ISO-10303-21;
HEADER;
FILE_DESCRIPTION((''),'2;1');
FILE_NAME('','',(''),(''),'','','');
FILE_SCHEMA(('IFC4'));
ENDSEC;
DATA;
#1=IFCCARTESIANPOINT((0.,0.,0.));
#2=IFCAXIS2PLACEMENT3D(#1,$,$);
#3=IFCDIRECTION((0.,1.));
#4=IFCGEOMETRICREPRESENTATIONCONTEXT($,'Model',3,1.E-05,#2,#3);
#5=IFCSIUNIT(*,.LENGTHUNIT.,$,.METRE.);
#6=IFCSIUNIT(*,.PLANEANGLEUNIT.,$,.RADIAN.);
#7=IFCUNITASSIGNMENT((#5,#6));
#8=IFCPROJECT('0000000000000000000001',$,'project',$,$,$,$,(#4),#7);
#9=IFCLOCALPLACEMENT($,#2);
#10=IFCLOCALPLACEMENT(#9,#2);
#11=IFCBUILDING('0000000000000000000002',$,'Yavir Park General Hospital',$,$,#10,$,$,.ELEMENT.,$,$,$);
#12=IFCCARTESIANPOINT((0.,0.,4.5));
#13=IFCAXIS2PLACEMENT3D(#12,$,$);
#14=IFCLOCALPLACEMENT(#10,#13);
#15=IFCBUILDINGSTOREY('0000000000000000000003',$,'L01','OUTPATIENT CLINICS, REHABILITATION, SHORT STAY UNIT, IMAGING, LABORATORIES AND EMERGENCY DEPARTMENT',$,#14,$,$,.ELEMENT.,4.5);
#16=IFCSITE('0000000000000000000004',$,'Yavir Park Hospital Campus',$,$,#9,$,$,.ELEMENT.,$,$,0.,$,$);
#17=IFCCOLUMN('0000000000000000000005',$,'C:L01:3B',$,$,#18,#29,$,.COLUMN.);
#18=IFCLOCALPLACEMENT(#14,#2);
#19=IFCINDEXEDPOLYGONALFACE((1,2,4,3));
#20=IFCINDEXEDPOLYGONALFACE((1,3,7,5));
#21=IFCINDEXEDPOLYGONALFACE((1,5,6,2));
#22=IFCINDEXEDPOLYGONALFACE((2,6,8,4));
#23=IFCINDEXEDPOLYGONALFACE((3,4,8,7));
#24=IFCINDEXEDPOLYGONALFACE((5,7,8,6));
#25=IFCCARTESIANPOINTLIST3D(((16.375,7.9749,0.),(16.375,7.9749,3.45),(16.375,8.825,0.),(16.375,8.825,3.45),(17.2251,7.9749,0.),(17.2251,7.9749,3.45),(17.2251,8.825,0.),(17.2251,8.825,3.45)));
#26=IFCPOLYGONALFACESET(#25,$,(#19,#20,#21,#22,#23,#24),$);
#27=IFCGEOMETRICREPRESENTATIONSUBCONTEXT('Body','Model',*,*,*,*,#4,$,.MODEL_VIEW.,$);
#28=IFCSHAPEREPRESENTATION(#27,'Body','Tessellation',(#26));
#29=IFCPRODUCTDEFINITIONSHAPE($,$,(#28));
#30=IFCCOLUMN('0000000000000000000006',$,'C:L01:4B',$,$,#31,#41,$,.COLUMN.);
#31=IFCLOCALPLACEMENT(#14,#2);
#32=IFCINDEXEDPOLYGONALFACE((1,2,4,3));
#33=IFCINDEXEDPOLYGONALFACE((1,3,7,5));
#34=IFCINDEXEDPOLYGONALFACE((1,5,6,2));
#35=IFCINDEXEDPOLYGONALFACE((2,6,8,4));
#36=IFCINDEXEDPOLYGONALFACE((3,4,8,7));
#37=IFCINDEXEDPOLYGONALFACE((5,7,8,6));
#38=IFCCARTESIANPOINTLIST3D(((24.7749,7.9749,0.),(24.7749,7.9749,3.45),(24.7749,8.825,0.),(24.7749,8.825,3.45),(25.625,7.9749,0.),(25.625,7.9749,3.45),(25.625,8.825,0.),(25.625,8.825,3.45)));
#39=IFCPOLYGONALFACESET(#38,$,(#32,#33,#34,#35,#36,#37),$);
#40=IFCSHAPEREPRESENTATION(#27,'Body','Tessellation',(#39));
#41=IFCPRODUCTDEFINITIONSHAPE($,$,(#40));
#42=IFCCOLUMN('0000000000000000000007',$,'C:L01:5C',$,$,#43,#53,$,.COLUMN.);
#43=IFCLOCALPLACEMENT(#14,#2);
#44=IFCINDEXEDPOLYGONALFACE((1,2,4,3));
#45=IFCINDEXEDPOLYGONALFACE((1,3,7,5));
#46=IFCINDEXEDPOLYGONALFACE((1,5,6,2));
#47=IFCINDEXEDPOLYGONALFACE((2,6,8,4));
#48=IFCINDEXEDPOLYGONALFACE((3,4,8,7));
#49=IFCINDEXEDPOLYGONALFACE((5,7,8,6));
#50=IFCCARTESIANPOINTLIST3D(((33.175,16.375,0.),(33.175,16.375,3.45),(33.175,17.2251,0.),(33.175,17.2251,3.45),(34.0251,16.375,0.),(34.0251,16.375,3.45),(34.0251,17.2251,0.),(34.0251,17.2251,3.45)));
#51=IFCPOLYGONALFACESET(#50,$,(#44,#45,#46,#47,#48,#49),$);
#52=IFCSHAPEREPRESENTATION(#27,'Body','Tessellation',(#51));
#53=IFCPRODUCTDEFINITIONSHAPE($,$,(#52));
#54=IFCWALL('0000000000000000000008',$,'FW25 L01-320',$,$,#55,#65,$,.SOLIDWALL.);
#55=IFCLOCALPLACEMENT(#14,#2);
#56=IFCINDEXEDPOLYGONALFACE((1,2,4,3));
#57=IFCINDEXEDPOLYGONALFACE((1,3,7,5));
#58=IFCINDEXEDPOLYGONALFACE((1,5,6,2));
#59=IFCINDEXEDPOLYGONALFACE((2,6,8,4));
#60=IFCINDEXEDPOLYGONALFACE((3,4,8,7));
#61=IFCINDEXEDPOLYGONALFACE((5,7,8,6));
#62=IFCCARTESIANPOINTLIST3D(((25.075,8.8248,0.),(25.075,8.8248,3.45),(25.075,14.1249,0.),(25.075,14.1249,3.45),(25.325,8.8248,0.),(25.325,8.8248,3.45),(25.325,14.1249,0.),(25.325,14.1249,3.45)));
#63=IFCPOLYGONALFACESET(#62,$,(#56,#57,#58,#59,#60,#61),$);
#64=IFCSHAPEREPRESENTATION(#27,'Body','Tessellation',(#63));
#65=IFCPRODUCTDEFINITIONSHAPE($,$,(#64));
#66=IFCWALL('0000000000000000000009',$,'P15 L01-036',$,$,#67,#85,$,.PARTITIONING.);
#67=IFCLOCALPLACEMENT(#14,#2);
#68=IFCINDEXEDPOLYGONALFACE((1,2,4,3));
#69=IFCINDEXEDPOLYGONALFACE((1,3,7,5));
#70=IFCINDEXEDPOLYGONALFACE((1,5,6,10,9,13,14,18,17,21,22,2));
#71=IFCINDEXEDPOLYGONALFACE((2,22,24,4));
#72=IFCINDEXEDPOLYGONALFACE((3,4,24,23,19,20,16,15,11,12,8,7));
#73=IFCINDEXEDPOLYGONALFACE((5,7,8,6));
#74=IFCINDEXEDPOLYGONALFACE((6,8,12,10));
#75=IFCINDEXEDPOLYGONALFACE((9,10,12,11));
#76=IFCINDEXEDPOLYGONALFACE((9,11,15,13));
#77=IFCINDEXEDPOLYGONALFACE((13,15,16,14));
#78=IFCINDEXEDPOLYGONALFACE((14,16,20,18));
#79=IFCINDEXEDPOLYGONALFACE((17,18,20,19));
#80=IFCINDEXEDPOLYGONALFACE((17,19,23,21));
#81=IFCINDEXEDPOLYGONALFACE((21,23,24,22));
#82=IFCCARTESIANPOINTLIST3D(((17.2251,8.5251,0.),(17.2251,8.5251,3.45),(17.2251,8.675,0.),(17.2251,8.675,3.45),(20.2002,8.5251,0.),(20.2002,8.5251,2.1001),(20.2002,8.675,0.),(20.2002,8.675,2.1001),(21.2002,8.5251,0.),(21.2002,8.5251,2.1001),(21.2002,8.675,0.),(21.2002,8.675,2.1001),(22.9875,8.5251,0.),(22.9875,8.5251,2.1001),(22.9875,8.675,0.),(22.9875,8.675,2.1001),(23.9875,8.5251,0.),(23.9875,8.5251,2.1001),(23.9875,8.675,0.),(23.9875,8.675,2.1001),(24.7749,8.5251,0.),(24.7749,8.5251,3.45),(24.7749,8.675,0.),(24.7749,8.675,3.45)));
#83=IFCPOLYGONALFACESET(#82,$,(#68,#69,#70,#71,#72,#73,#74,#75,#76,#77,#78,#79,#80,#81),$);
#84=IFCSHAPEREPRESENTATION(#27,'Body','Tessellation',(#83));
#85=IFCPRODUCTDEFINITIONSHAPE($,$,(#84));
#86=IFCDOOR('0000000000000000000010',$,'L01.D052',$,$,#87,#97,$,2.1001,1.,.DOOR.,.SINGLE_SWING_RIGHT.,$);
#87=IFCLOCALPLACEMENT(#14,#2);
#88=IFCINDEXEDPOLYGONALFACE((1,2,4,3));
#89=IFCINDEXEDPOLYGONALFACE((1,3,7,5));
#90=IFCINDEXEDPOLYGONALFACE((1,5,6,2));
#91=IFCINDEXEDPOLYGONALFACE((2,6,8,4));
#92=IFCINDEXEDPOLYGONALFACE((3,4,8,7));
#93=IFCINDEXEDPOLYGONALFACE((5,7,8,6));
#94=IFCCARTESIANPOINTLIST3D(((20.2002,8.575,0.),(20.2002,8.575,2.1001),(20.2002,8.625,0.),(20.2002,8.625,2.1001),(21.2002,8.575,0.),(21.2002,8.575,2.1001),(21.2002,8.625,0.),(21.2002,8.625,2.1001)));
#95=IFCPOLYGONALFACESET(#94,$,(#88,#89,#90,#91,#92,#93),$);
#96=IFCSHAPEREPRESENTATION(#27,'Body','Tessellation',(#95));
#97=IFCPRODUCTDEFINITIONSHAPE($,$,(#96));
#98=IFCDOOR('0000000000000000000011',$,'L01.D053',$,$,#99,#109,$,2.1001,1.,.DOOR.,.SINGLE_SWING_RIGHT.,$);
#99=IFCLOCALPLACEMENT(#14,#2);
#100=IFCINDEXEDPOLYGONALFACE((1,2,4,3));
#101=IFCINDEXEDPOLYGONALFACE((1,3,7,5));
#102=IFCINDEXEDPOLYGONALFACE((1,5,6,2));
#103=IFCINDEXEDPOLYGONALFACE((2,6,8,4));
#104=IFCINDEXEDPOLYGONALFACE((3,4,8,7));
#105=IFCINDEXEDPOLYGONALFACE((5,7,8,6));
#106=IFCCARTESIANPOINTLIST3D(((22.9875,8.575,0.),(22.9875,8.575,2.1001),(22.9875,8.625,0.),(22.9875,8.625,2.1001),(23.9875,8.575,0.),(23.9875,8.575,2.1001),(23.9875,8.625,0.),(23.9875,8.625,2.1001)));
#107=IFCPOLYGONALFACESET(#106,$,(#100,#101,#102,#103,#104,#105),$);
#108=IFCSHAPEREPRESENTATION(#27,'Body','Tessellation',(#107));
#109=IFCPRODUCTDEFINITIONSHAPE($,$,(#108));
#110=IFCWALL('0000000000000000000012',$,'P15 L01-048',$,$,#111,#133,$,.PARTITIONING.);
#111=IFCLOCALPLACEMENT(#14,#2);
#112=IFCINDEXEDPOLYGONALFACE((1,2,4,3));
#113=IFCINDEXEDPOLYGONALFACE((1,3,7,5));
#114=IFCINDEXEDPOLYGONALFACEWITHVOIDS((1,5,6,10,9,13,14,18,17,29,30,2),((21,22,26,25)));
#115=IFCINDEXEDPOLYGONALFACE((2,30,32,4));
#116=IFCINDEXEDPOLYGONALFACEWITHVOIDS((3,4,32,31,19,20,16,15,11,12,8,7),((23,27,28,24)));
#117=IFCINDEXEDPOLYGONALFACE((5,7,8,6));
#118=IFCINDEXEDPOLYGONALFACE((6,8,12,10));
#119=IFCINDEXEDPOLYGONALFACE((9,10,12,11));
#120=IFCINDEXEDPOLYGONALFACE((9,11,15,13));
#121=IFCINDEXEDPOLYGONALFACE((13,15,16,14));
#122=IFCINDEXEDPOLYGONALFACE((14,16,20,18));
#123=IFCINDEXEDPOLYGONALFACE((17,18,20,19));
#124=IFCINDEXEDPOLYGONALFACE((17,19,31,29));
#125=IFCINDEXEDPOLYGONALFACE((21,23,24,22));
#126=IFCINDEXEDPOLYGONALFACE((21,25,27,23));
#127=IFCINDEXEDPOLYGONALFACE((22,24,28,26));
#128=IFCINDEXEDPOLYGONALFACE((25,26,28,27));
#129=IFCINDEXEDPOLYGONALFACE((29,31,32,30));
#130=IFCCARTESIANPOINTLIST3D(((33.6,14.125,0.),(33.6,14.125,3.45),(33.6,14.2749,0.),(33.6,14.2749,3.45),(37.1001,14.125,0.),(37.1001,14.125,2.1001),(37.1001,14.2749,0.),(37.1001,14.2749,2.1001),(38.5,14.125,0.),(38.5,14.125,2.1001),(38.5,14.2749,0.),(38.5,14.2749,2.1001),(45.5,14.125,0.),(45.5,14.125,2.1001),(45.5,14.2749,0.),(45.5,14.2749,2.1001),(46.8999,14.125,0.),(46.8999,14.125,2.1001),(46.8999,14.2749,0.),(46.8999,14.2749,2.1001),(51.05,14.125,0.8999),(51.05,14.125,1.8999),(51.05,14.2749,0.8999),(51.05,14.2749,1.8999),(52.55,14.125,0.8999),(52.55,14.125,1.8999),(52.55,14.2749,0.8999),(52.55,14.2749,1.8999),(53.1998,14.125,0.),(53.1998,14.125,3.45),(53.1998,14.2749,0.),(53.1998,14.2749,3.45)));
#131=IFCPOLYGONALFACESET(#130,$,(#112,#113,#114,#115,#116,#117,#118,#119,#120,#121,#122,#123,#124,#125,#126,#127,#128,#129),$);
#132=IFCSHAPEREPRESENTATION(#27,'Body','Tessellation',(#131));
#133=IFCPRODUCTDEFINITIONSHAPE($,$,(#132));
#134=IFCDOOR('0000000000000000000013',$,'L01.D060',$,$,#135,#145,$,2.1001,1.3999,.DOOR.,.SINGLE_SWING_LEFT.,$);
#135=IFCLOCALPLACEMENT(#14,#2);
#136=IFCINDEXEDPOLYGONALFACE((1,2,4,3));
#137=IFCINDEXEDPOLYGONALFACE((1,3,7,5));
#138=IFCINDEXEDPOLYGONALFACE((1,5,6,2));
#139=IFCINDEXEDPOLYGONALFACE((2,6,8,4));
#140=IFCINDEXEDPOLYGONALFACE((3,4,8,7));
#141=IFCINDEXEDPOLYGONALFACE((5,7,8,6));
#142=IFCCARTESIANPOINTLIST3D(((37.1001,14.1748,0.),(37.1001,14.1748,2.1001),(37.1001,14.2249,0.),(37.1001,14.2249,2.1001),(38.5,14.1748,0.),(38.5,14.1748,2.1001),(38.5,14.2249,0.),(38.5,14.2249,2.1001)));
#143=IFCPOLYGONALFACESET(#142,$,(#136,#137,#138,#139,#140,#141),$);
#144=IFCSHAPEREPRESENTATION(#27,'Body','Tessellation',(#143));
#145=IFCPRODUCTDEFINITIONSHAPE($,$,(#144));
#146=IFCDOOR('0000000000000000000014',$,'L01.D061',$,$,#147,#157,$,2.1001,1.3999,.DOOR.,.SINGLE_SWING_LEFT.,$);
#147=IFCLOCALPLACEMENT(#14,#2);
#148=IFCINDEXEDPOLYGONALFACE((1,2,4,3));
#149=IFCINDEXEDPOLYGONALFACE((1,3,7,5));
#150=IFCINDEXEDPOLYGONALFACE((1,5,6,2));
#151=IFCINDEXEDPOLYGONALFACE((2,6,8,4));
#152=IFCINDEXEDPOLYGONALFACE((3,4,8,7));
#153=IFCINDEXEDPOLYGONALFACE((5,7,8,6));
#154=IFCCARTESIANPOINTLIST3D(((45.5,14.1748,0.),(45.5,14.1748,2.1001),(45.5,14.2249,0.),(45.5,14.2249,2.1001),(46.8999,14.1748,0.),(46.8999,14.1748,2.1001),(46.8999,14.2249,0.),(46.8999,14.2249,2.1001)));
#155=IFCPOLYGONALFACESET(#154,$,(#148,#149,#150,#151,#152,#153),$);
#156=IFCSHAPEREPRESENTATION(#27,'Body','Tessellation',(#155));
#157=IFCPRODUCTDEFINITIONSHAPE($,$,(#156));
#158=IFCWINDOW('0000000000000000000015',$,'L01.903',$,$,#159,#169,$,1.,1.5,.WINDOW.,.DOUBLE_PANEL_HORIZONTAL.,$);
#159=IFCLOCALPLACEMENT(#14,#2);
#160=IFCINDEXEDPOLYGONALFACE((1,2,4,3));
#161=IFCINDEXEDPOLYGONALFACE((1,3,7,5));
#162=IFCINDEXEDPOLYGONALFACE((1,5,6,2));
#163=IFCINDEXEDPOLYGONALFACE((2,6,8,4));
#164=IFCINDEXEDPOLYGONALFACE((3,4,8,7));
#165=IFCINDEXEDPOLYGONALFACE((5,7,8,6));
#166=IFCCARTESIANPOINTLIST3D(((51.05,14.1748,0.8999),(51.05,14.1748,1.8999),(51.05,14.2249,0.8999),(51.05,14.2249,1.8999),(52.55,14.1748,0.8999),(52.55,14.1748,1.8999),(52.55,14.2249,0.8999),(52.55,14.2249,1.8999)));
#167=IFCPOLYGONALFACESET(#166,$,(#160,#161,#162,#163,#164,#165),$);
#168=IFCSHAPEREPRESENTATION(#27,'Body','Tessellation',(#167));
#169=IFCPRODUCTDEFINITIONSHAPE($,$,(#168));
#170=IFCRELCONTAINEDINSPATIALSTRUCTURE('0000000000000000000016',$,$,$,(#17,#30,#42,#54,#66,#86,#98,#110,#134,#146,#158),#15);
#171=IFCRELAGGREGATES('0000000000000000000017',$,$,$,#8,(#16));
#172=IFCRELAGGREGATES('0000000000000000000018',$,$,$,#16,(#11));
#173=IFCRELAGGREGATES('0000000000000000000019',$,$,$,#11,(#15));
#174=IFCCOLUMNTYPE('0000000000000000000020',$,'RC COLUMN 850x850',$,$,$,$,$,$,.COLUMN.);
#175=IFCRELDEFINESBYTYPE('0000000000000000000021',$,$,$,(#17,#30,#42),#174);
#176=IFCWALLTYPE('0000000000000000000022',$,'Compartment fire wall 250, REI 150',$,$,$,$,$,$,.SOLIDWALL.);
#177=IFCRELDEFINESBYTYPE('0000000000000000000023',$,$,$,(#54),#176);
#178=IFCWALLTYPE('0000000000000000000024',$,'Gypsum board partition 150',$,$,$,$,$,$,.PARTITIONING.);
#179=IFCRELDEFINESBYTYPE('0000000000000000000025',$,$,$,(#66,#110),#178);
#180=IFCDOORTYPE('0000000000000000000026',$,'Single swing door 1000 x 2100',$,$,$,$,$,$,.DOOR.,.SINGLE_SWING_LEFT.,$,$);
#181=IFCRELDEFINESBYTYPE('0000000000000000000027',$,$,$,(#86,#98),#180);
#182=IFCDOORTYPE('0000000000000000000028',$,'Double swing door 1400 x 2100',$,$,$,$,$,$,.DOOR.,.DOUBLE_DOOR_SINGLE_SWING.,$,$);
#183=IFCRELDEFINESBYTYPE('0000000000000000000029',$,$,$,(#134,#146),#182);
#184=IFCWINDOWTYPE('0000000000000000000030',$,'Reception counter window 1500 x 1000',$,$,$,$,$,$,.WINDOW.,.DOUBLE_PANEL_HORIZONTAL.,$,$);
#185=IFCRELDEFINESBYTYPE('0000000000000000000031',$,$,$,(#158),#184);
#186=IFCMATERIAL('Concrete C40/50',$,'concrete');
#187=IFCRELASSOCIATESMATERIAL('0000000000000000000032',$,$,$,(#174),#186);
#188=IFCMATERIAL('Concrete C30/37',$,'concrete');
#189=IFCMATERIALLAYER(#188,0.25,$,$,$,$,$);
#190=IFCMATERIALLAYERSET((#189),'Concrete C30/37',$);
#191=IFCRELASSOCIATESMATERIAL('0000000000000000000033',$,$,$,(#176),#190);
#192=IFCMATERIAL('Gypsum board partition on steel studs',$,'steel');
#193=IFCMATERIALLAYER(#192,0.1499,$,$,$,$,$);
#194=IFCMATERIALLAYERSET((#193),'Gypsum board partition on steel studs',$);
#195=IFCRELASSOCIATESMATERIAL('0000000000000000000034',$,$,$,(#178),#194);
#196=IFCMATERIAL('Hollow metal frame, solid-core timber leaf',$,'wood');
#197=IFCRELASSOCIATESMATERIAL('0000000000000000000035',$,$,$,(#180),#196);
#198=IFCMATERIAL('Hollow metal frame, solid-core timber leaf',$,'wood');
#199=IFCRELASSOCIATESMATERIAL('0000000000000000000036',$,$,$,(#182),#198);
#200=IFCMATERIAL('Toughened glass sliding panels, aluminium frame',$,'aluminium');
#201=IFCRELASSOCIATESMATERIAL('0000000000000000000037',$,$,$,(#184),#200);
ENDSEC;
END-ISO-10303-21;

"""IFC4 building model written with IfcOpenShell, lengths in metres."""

from ifc_helpers import new_model, si_unit, direction, frame, frame_2d, origin, origin_2d, place, context, subcontext, project, spatial, rectangle, extrude, material, layer, layer_set, material_profile, profile_set, type_object, element, fill, save


model = new_model("IFC4")

# Units and contexts
model_context = context("Model", 3, precision=1e-05, world=origin(), true_north=direction((0.0, 1.0)))
body_context = subcontext(model_context, "Body", "Model", "MODEL_VIEW")
ifc_project = project(units=[si_unit("LENGTHUNIT", "METRE"), si_unit("PLANEANGLEUNIT", "RADIAN")], contexts=[model_context])

# Site, building, storey
site_placement = place(None, origin())
site = spatial("IfcSite", under=ifc_project, at=site_placement, Name="Yavir Park Hospital Campus", CompositionType="ELEMENT", RefElevation=0.0)
building_placement = place(site_placement, origin())
building = spatial("IfcBuilding", under=site, at=building_placement, Name="Yavir Park General Hospital", CompositionType="ELEMENT")
storey_placement = place(building_placement, frame((0.0, 0.0, 4.5)))
storey = spatial("IfcBuildingStorey", under=building, at=storey_placement, Name="L01", Description="OUTPATIENT CLINICS, REHABILITATION, SHORT STAY UNIT, IMAGING, LABORATORIES AND EMERGENCY DEPARTMENT", CompositionType="ELEMENT", Elevation=4.5)

# Columns
ifc_material_1 = material(Name="Concrete C40/50", Category="concrete")
ifc_material_profile = material_profile(ifc_material_1, rectangle(XDim=0.8501, YDim=0.8501, at=origin_2d()), Name="RC850x850")
ifc_profile_set = profile_set([ifc_material_profile], Name="Concrete C40/50")
column_type = type_object("IfcColumnType", Name="RC COLUMN 850x850", PredefinedType="COLUMN", material=ifc_profile_set)
for number, where, z_axis, x_axis, name in (
    (1, (16.8, 8.3999, 0.0), (0.0, 0.0, 1.0), (1.0, 0.0, 0.0), "C:L01:3B"),
    (2, (25.2, 8.3999, 0.0), (0.0, 0.0, 1.0), (1.0, 0.0, 0.0), "C:L01:4B"),
    (3, (33.6001, 16.8, 0.0), (0.0, 0.0, 1.0), (1.0, 0.0, 0.0), "C:L01:5C"),
):
    element("IfcColumn", number, at=place(storey_placement, frame(where, z_axis=z_axis, x_axis=x_axis)), inside=storey, type_object=column_type, Name=name, PredefinedType="COLUMN", context=body_context, shape_type="SweptSolid", body=[
        extrude(rectangle(XDim=0.8501, YDim=0.8501, at=origin_2d()), origin(), (0.0, 0.0, 1.0), 3.45),
    ])

# Wall
ifc_material_2 = material(Name="Concrete C30/37", Category="concrete")
ifc_layer_1 = layer(ifc_material_2, 0.25)
ifc_layer_set_1 = layer_set([ifc_layer_1], Name="Concrete C30/37")
wall_type_1 = type_object("IfcWallType", Name="Compartment fire wall 250, REI 150", PredefinedType="SOLIDWALL", material=ifc_layer_set_1)
wall_1_placement = place(storey_placement, frame((25.2, 8.825, 0.0), z_axis=(0.0, 0.0, 1.0), x_axis=(0.0, 1.0, 0.0)))
element("IfcWall", 4, at=wall_1_placement, inside=storey, type_object=wall_type_1, Name="FW25 L01-320", PredefinedType="SOLIDWALL", context=body_context, shape_type="SweptSolid", body=[
    extrude(rectangle(XDim=5.3, YDim=0.25, at=frame_2d((2.6499, 0.0))), origin(), (0.0, 0.0, 1.0), 3.45),
])

# Wall, openings, doors
ifc_material_3 = material(Name="Gypsum board partition on steel studs", Category="steel")
ifc_layer_2 = layer(ifc_material_3, 0.1499)
ifc_layer_set_2 = layer_set([ifc_layer_2], Name="Gypsum board partition on steel studs")
wall_type_2 = type_object("IfcWallType", Name="Gypsum board partition 150", PredefinedType="PARTITIONING", material=ifc_layer_set_2)
wall_2_placement = place(storey_placement, frame((17.2251, 8.6001, 0.0), z_axis=(0.0, 0.0, 1.0), x_axis=(1.0, 0.0, 0.0)))
wall_2 = element("IfcWall", 5, at=wall_2_placement, inside=storey, type_object=wall_type_2, Name="P15 L01-036", PredefinedType="PARTITIONING", context=body_context, shape_type="SweptSolid", body=[
    extrude(rectangle(XDim=7.5498, YDim=0.1499, at=frame_2d((3.7749, 0.0))), origin(), (0.0, 0.0, 1.0), 3.45),
])
opening_1_placement = place(wall_2_placement, frame((2.9751, 0.0, 0.0)))
opening_1 = element("IfcOpeningElement", 6, at=opening_1_placement, cuts=wall_2, PredefinedType="OPENING", context=body_context, shape_type="SweptSolid", body=[
    extrude(rectangle(XDim=1.0, YDim=2.1001, at=frame_2d((0.5, 1.05))), frame((0.0, 0.085, 0.0), z_axis=(0.0, -1.0, 0.0), x_axis=(1.0, 0.0, 0.0)), (0.0, 0.0, 1.0), 0.1699),
])
opening_2_placement = place(wall_2_placement, frame((5.7625, 0.0, 0.0)))
opening_2 = element("IfcOpeningElement", 7, at=opening_2_placement, cuts=wall_2, PredefinedType="OPENING", context=body_context, shape_type="SweptSolid", body=[
    extrude(rectangle(XDim=1.0, YDim=2.1001, at=frame_2d((0.5, 1.05))), frame((0.0, 0.085, 0.0), z_axis=(0.0, -1.0, 0.0), x_axis=(1.0, 0.0, 0.0)), (0.0, 0.0, 1.0), 0.1699),
])
ifc_material_4 = material(Name="Hollow metal frame, solid-core timber leaf", Category="wood")
door_type_1 = type_object("IfcDoorType", Name="Single swing door 1000 x 2100", OperationType="SINGLE_SWING_LEFT", PredefinedType="DOOR", material=ifc_material_4)
door_1_placement = place(opening_1_placement, origin())
door_1 = element("IfcDoor", 8, at=door_1_placement, inside=storey, type_object=door_type_1, Name="L01.D052", OperationType="SINGLE_SWING_RIGHT", OverallHeight=2.1001, OverallWidth=1.0, PredefinedType="DOOR", context=body_context, shape_type="SweptSolid", body=[
    extrude(rectangle(XDim=1.0, YDim=2.1001, at=frame_2d((0.5, 1.05))), frame((0.0, 0.0249, 0.0), z_axis=(0.0, -1.0, 0.0), x_axis=(1.0, 0.0, 0.0)), (0.0, 0.0, 1.0), 0.05),
])
fill(opening_1, door_1)
door_2_placement = place(opening_2_placement, origin())
door_2 = element("IfcDoor", 9, at=door_2_placement, inside=storey, type_object=door_type_1, Name="L01.D053", OperationType="SINGLE_SWING_RIGHT", OverallHeight=2.1001, OverallWidth=1.0, PredefinedType="DOOR", context=body_context, shape_type="SweptSolid", body=[
    extrude(rectangle(XDim=1.0, YDim=2.1001, at=frame_2d((0.5, 1.05))), frame((0.0, 0.0249, 0.0), z_axis=(0.0, -1.0, 0.0), x_axis=(1.0, 0.0, 0.0)), (0.0, 0.0, 1.0), 0.05),
])
fill(opening_2, door_2)

# Wall, openings, doors, window
wall_3_placement = place(storey_placement, frame((33.6001, 14.2, 0.0), z_axis=(0.0, 0.0, 1.0), x_axis=(1.0, 0.0, 0.0)))
wall_3 = element("IfcWall", 10, at=wall_3_placement, inside=storey, type_object=wall_type_2, Name="P15 L01-048", PredefinedType="PARTITIONING", context=body_context, shape_type="SweptSolid", body=[
    extrude(rectangle(XDim=19.5999, YDim=0.1499, at=frame_2d((9.7998, 0.0))), origin(), (0.0, 0.0, 1.0), 3.45),
])
opening_3_placement = place(wall_3_placement, frame((3.5, 0.0, 0.0)))
opening_3 = element("IfcOpeningElement", 11, at=opening_3_placement, cuts=wall_3, PredefinedType="OPENING", context=body_context, shape_type="SweptSolid", body=[
    extrude(rectangle(XDim=1.3999, YDim=2.1001, at=frame_2d((0.7, 1.05))), frame((0.0, 0.085, 0.0), z_axis=(0.0, -1.0, 0.0), x_axis=(1.0, 0.0, 0.0)), (0.0, 0.0, 1.0), 0.1699),
])
opening_4_placement = place(wall_3_placement, frame((11.8999, 0.0, 0.0)))
opening_4 = element("IfcOpeningElement", 12, at=opening_4_placement, cuts=wall_3, PredefinedType="OPENING", context=body_context, shape_type="SweptSolid", body=[
    extrude(rectangle(XDim=1.3999, YDim=2.1001, at=frame_2d((0.7, 1.05))), frame((0.0, 0.085, 0.0), z_axis=(0.0, -1.0, 0.0), x_axis=(1.0, 0.0, 0.0)), (0.0, 0.0, 1.0), 0.1699),
])
opening_5_placement = place(wall_3_placement, frame((17.45, 0.0, 0.8999)))
opening_5 = element("IfcOpeningElement", 13, at=opening_5_placement, cuts=wall_3, PredefinedType="OPENING", context=body_context, shape_type="SweptSolid", body=[
    extrude(rectangle(XDim=1.5, YDim=1.0, at=frame_2d((0.75, 0.5))), frame((0.0, 0.085, 0.0), z_axis=(0.0, -1.0, 0.0), x_axis=(1.0, 0.0, 0.0)), (0.0, 0.0, 1.0), 0.1699),
])
ifc_material_5 = material(Name="Hollow metal frame, solid-core timber leaf", Category="wood")
door_type_2 = type_object("IfcDoorType", Name="Double swing door 1400 x 2100", OperationType="DOUBLE_DOOR_SINGLE_SWING", PredefinedType="DOOR", material=ifc_material_5)
door_3_placement = place(opening_3_placement, origin())
door_3 = element("IfcDoor", 14, at=door_3_placement, inside=storey, type_object=door_type_2, Name="L01.D060", OperationType="SINGLE_SWING_LEFT", OverallHeight=2.1001, OverallWidth=1.3999, PredefinedType="DOOR", context=body_context, shape_type="SweptSolid", body=[
    extrude(rectangle(XDim=1.3999, YDim=2.1001, at=frame_2d((0.7, 1.05))), frame((0.0, 0.0249, 0.0), z_axis=(0.0, -1.0, 0.0), x_axis=(1.0, 0.0, 0.0)), (0.0, 0.0, 1.0), 0.05),
])
fill(opening_3, door_3)
door_4_placement = place(opening_4_placement, origin())
door_4 = element("IfcDoor", 15, at=door_4_placement, inside=storey, type_object=door_type_2, Name="L01.D061", OperationType="SINGLE_SWING_LEFT", OverallHeight=2.1001, OverallWidth=1.3999, PredefinedType="DOOR", context=body_context, shape_type="SweptSolid", body=[
    extrude(rectangle(XDim=1.3999, YDim=2.1001, at=frame_2d((0.7, 1.05))), frame((0.0, 0.0249, 0.0), z_axis=(0.0, -1.0, 0.0), x_axis=(1.0, 0.0, 0.0)), (0.0, 0.0, 1.0), 0.05),
])
fill(opening_4, door_4)
ifc_material_6 = material(Name="Toughened glass sliding panels, aluminium frame", Category="aluminium")
window_type_1 = type_object("IfcWindowType", Name="Reception counter window 1500 x 1000", PartitioningType="DOUBLE_PANEL_HORIZONTAL", PredefinedType="WINDOW", material=ifc_material_6)
window_1_placement = place(opening_5_placement, origin())
window_1 = element("IfcWindow", 16, at=window_1_placement, inside=storey, type_object=window_type_1, Name="L01.903", OverallHeight=1.0, OverallWidth=1.5, PartitioningType="DOUBLE_PANEL_HORIZONTAL", PredefinedType="WINDOW", context=body_context, shape_type="SweptSolid", body=[
    extrude(rectangle(XDim=1.5, YDim=1.0, at=frame_2d((0.75, 0.5))), frame((0.0, 0.0249, 0.0), z_axis=(0.0, -1.0, 0.0), x_axis=(1.0, 0.0, 0.0)), (0.0, 0.0, 1.0), 0.05),
])
fill(opening_5, window_1)

save(model, "model.ifc")
